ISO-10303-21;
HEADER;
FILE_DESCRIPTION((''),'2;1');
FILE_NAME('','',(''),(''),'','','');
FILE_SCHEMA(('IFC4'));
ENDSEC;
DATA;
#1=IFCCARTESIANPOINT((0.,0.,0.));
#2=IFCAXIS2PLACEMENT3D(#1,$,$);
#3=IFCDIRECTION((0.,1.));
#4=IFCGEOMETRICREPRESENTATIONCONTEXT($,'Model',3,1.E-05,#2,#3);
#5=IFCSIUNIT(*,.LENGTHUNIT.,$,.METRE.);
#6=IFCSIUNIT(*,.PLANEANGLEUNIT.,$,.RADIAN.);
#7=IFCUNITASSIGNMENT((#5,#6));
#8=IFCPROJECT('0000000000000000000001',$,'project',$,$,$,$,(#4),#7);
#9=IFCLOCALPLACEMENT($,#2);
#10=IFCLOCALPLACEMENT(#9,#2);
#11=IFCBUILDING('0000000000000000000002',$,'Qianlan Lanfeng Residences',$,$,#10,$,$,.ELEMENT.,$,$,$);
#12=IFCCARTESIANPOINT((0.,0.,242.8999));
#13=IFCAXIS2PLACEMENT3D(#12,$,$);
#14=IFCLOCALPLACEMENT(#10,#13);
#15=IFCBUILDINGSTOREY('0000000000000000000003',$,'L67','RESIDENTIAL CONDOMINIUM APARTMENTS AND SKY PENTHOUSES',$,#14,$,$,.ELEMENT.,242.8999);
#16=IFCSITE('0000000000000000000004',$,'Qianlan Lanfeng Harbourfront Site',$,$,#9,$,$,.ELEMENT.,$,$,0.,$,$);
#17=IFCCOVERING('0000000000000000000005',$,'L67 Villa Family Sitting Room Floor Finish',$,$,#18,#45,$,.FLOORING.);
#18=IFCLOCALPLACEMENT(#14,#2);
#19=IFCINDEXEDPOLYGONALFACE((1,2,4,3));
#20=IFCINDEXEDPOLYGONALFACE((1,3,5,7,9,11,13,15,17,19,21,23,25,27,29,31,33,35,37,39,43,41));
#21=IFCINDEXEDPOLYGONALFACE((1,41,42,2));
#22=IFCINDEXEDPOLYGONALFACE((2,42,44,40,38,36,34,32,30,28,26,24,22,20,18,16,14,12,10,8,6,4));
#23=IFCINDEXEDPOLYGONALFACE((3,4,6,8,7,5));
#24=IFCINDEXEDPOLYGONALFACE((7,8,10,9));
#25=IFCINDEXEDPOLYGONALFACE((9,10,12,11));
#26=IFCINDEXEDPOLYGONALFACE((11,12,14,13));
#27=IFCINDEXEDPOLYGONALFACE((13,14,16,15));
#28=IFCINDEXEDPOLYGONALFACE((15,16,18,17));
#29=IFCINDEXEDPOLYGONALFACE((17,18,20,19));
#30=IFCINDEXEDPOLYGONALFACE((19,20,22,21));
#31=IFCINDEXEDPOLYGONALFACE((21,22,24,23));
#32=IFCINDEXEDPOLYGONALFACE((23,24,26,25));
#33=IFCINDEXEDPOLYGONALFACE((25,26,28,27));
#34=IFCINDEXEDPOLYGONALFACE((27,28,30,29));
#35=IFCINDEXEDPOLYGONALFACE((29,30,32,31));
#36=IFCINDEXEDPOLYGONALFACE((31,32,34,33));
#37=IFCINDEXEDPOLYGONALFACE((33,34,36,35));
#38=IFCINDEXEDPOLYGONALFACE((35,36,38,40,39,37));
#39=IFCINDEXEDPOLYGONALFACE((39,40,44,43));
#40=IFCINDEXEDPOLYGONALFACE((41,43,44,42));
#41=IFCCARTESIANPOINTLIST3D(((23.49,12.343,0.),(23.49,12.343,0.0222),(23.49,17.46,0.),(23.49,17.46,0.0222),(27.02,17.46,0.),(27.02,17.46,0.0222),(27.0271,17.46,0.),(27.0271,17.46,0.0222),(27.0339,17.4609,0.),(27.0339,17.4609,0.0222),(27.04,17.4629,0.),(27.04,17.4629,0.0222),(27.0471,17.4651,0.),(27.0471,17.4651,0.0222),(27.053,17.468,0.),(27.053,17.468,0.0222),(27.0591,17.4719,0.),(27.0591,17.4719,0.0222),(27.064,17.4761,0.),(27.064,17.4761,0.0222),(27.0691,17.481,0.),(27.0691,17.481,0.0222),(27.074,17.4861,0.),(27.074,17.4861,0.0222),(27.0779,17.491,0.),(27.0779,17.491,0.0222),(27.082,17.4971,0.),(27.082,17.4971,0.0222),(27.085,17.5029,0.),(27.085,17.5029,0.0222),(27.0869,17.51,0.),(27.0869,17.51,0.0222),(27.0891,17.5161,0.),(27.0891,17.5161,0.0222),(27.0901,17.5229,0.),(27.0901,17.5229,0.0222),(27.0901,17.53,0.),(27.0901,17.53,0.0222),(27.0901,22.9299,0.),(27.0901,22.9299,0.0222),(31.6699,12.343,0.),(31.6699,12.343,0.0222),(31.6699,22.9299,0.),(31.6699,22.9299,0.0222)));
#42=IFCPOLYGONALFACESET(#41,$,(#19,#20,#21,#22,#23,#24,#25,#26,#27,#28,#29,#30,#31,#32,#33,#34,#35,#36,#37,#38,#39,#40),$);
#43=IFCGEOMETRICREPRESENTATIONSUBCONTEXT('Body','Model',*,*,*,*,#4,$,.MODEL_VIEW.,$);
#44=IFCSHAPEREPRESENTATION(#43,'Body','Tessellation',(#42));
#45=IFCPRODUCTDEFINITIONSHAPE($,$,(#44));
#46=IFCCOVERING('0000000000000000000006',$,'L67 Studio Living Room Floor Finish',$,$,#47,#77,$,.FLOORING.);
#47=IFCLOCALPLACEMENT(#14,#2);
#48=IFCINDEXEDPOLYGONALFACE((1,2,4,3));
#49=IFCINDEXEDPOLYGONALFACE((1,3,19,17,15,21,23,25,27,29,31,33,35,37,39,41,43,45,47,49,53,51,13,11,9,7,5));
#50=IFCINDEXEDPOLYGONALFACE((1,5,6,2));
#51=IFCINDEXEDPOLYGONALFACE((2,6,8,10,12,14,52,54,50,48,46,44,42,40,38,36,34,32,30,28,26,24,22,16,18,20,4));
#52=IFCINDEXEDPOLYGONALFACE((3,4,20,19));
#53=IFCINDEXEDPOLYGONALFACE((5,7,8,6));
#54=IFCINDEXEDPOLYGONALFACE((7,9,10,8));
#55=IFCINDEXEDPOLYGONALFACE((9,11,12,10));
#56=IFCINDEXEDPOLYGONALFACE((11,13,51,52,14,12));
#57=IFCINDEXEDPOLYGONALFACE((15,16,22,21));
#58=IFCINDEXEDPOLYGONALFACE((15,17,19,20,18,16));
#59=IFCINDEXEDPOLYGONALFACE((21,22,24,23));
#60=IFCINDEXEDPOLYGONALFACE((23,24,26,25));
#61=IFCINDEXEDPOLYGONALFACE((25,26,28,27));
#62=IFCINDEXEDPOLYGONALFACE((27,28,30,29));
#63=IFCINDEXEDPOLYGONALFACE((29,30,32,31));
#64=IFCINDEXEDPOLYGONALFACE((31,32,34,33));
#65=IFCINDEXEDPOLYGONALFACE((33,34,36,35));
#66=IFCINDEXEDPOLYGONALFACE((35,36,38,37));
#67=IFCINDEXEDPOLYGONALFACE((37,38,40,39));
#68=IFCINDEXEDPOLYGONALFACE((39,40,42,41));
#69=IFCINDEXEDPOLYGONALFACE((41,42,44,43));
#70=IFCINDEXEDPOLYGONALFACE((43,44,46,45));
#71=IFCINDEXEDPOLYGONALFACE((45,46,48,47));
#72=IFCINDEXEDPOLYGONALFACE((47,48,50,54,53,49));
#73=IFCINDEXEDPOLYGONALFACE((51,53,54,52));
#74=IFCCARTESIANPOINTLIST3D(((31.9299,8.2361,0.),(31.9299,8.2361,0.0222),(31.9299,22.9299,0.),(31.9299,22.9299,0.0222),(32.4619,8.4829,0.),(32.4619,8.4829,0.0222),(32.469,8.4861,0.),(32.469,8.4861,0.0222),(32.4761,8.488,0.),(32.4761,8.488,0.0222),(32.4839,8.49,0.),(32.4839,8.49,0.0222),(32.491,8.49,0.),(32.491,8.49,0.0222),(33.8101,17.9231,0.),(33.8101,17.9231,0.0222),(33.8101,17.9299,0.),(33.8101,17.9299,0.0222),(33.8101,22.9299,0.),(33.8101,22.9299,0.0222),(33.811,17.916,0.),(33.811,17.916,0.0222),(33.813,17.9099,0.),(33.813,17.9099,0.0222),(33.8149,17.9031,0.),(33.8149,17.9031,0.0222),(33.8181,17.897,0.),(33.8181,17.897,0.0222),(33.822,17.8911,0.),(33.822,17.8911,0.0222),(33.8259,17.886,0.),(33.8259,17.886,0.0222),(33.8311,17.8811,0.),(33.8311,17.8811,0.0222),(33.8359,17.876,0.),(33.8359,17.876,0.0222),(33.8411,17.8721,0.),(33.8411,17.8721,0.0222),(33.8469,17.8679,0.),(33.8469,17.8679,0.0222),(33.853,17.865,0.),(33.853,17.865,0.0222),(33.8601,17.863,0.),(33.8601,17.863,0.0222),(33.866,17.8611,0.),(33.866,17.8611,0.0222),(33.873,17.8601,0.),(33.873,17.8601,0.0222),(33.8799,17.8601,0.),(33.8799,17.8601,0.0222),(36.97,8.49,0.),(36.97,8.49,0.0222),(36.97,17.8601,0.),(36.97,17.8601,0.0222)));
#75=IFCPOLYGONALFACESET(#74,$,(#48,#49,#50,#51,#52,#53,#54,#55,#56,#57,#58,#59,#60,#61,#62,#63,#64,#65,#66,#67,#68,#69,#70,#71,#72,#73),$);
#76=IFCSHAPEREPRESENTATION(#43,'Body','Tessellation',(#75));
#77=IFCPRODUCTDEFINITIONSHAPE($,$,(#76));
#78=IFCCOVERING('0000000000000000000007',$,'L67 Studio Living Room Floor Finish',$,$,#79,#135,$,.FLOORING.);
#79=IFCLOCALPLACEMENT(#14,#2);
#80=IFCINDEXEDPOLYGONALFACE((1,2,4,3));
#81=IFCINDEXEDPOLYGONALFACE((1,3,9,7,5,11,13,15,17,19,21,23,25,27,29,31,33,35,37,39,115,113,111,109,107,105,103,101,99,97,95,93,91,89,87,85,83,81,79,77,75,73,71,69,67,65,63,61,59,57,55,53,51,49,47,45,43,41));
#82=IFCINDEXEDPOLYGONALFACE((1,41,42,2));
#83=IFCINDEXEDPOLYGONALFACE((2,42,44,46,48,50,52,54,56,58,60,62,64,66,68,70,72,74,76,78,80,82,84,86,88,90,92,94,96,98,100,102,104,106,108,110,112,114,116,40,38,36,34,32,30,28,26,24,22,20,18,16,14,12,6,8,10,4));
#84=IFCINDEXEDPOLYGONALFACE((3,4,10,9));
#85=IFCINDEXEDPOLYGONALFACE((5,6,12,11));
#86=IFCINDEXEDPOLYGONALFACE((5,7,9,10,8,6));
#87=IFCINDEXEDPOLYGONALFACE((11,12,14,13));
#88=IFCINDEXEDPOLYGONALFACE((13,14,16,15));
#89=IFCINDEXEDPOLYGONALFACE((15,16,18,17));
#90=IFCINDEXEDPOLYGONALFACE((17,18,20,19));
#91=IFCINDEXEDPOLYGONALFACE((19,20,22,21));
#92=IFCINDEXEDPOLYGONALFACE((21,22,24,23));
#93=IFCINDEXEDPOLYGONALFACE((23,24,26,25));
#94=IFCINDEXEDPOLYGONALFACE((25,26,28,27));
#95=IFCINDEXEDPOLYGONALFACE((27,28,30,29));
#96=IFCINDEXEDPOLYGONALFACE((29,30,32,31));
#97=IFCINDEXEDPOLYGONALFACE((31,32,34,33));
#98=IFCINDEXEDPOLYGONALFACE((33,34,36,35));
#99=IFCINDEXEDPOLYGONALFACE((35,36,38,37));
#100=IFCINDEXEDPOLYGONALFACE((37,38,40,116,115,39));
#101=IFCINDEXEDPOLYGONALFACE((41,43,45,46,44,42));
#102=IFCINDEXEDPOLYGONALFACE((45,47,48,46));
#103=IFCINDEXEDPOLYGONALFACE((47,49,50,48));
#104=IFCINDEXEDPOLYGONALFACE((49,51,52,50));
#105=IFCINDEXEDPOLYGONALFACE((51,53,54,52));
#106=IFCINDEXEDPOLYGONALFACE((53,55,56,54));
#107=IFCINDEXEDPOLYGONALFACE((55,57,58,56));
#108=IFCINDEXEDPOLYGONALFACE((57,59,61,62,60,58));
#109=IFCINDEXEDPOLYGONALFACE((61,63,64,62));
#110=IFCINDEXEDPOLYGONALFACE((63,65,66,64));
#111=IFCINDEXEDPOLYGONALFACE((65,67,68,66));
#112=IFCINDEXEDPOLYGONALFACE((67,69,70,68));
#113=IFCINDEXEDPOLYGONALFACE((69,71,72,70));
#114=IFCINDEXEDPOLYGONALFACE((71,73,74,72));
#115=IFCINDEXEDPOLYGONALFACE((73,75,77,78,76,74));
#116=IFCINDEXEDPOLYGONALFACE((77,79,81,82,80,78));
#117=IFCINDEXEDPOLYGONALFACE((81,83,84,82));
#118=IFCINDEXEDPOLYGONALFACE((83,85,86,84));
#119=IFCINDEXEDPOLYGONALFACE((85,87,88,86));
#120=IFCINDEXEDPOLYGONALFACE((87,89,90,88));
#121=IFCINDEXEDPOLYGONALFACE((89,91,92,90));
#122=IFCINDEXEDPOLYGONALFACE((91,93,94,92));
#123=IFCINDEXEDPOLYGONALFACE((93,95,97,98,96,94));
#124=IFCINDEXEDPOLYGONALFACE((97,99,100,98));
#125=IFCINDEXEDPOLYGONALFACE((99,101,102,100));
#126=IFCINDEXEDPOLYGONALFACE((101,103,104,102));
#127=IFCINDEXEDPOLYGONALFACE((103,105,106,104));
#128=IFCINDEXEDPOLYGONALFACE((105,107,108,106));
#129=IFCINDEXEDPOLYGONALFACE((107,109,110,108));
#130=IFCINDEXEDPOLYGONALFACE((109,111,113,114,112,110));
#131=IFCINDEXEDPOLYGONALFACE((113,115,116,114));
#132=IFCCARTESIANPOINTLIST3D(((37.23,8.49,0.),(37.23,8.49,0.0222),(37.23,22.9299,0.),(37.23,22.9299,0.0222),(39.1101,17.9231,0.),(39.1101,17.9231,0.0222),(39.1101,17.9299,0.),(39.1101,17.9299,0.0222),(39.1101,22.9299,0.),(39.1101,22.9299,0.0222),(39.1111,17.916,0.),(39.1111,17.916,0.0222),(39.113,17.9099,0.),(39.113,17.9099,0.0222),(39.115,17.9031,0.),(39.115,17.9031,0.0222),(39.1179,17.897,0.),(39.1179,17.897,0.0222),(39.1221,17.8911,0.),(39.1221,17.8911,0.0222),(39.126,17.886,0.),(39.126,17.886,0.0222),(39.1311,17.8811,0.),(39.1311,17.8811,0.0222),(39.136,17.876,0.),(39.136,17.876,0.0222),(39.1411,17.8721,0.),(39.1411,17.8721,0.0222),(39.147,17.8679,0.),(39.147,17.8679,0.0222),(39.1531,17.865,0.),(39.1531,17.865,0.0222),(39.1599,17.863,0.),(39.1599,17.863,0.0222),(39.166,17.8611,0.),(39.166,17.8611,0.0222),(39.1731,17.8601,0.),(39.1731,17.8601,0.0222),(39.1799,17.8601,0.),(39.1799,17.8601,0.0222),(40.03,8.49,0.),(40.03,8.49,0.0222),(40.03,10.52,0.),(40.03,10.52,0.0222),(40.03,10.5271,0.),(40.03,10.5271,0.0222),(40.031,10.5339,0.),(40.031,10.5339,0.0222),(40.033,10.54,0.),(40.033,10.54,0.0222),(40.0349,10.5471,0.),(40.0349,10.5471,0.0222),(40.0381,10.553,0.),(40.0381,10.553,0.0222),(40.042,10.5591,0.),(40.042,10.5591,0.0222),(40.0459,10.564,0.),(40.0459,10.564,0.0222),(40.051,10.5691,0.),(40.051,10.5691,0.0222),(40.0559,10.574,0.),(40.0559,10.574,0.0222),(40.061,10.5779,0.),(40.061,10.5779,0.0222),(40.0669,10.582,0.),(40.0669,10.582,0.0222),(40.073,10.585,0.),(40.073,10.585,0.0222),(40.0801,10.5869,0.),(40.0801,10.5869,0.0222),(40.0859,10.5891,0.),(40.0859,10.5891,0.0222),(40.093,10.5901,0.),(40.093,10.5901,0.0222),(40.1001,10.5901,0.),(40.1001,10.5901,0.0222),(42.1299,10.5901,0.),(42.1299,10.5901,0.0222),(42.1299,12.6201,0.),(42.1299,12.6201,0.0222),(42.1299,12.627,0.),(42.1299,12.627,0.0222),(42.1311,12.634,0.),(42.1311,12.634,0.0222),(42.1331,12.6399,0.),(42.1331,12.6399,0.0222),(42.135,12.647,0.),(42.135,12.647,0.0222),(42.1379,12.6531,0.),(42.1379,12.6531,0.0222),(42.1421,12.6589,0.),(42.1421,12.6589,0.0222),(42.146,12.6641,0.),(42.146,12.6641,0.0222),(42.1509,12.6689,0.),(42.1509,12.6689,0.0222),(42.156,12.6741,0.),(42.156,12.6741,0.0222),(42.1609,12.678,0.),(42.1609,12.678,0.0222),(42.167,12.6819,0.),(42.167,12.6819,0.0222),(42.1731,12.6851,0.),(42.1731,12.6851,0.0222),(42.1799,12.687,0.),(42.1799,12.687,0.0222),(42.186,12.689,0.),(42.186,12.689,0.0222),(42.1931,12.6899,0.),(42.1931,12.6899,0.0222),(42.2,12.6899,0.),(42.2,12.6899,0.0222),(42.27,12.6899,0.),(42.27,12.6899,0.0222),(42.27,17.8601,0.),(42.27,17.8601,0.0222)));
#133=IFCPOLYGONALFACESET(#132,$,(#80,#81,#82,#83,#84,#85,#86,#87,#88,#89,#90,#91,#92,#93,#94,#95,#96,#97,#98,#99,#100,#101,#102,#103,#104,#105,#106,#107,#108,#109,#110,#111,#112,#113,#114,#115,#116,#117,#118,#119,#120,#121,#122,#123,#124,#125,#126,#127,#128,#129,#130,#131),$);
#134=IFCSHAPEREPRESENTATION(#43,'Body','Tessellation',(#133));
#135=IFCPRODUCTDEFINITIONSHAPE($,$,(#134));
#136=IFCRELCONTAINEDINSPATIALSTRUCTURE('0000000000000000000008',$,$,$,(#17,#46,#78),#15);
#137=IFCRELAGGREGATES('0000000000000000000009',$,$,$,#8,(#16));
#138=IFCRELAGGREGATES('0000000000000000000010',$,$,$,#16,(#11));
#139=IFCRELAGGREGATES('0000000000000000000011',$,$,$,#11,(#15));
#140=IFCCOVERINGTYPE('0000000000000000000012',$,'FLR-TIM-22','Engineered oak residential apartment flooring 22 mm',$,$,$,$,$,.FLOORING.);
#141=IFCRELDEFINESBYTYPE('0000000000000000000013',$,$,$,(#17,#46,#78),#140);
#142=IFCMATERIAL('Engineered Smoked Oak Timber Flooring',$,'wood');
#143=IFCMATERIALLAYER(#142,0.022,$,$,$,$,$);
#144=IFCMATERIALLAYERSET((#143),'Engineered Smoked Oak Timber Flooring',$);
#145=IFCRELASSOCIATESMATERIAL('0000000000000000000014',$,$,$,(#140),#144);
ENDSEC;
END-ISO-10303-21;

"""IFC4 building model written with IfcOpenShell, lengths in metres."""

from ifc_helpers import new_model, si_unit, direction, frame, origin, place, context, subcontext, project, spatial, polyline, outline, extrude, material, layer, layer_set, type_object, element, save


model = new_model("IFC4")

# Units and contexts
model_context = context("Model", 3, precision=1e-05, world=origin(), true_north=direction((0.0, 1.0)))
body_context = subcontext(model_context, "Body", "Model", "MODEL_VIEW")
ifc_project = project(units=[si_unit("LENGTHUNIT", "METRE"), si_unit("PLANEANGLEUNIT", "RADIAN")], contexts=[model_context])

# Site, building, storey
site_placement = place(None, origin())
site = spatial("IfcSite", under=ifc_project, at=site_placement, Name="Qianlan Lanfeng Harbourfront Site", CompositionType="ELEMENT", RefElevation=0.0)
building_placement = place(site_placement, origin())
building = spatial("IfcBuilding", under=site, at=building_placement, Name="Qianlan Lanfeng Residences", CompositionType="ELEMENT")
storey_placement = place(building_placement, frame((0.0, 0.0, 242.8999)))
storey = spatial("IfcBuildingStorey", under=building, at=storey_placement, Name="L67", Description="RESIDENTIAL CONDOMINIUM APARTMENTS AND SKY PENTHOUSES", CompositionType="ELEMENT", Elevation=242.8999)

# Coverings
ifc_material_1 = material(Name="Engineered Smoked Oak Timber Flooring", Category="wood")
ifc_layer_1 = layer(ifc_material_1, 0.022)
ifc_layer_set_1 = layer_set([ifc_layer_1], Name="Engineered Smoked Oak Timber Flooring")
covering_type_1 = type_object("IfcCoveringType", Name="FLR-TIM-22", Description="Engineered oak residential apartment flooring 22 mm", PredefinedType="FLOORING", material=ifc_layer_set_1)
covering_1_placement = place(storey_placement, origin())
element("IfcCovering", 1, at=covering_1_placement, inside=storey, type_object=covering_type_1, Name="L67 Villa Family Sitting Room Floor Finish", PredefinedType="FLOORING", context=body_context, shape_type="SweptSolid", body=[
    extrude(outline(polyline([(23.49, 12.343), (31.6699, 12.343), (31.6699, 22.9299), (27.0901, 22.9299), (27.0901, 17.53), (27.0901, 17.5229), (27.0891, 17.5161), (27.0869, 17.51), (27.085, 17.5029), (27.082, 17.4971), (27.0779, 17.491), (27.074, 17.4861), (27.0691, 17.481), (27.064, 17.4761), (27.0591, 17.4719), (27.053, 17.468), (27.0471, 17.4651), (27.04, 17.4629), (27.0339, 17.4609), (27.0271, 17.46), (27.02, 17.46), (23.49, 17.46), (23.49, 12.343)])), origin(), (0.0, 0.0, 1.0), 0.0222),
])
covering_2_placement = place(storey_placement, origin())
element("IfcCovering", 2, at=covering_2_placement, inside=storey, type_object=covering_type_1, Name="L67 Studio Living Room Floor Finish", PredefinedType="FLOORING", context=body_context, shape_type="SweptSolid", body=[
    extrude(outline(polyline([(36.97, 8.49), (36.97, 17.8601), (33.8799, 17.8601), (33.873, 17.8601), (33.866, 17.8611), (33.8601, 17.863), (33.853, 17.865), (33.8469, 17.8679), (33.8411, 17.8721), (33.8359, 17.876), (33.8311, 17.8811), (33.8259, 17.886), (33.822, 17.8911), (33.8181, 17.897), (33.8149, 17.9031), (33.813, 17.9099), (33.811, 17.916), (33.8101, 17.9231), (33.8101, 17.9299), (33.8101, 22.9299), (31.9299, 22.9299), (31.9299, 8.2361), (32.4619, 8.4829), (32.469, 8.4861), (32.4761, 8.488), (32.4839, 8.49), (32.491, 8.49), (36.97, 8.49)])), origin(), (0.0, 0.0, 1.0), 0.0222),
])
covering_3_placement = place(storey_placement, origin())
element("IfcCovering", 3, at=covering_3_placement, inside=storey, type_object=covering_type_1, Name="L67 Studio Living Room Floor Finish", PredefinedType="FLOORING", context=body_context, shape_type="SweptSolid", body=[
    extrude(outline(polyline([(42.27, 12.6899), (42.27, 17.8601), (39.1799, 17.8601), (39.1731, 17.8601), (39.166, 17.8611), (39.1599, 17.863), (39.1531, 17.865), (39.147, 17.8679), (39.1411, 17.8721), (39.136, 17.876), (39.1311, 17.8811), (39.126, 17.886), (39.1221, 17.8911), (39.1179, 17.897), (39.115, 17.9031), (39.113, 17.9099), (39.1111, 17.916), (39.1101, 17.9231), (39.1101, 17.9299), (39.1101, 22.9299), (37.23, 22.9299), (37.23, 8.49), (40.03, 8.49), (40.03, 10.52), (40.03, 10.5271), (40.031, 10.5339), (40.033, 10.54), (40.0349, 10.5471), (40.0381, 10.553), (40.042, 10.5591), (40.0459, 10.564), (40.051, 10.5691), (40.0559, 10.574), (40.061, 10.5779), (40.0669, 10.582), (40.073, 10.585), (40.0801, 10.5869), (40.0859, 10.5891), (40.093, 10.5901), (40.1001, 10.5901), (42.1299, 10.5901), (42.1299, 12.6201), (42.1299, 12.627), (42.1311, 12.634), (42.1331, 12.6399), (42.135, 12.647), (42.1379, 12.6531), (42.1421, 12.6589), (42.146, 12.6641), (42.1509, 12.6689), (42.156, 12.6741), (42.1609, 12.678), (42.167, 12.6819), (42.1731, 12.6851), (42.1799, 12.687), (42.186, 12.689), (42.1931, 12.6899), (42.2, 12.6899), (42.27, 12.6899)])), origin(), (0.0, 0.0, 1.0), 0.0222),
])

save(model, "model.ifc")
